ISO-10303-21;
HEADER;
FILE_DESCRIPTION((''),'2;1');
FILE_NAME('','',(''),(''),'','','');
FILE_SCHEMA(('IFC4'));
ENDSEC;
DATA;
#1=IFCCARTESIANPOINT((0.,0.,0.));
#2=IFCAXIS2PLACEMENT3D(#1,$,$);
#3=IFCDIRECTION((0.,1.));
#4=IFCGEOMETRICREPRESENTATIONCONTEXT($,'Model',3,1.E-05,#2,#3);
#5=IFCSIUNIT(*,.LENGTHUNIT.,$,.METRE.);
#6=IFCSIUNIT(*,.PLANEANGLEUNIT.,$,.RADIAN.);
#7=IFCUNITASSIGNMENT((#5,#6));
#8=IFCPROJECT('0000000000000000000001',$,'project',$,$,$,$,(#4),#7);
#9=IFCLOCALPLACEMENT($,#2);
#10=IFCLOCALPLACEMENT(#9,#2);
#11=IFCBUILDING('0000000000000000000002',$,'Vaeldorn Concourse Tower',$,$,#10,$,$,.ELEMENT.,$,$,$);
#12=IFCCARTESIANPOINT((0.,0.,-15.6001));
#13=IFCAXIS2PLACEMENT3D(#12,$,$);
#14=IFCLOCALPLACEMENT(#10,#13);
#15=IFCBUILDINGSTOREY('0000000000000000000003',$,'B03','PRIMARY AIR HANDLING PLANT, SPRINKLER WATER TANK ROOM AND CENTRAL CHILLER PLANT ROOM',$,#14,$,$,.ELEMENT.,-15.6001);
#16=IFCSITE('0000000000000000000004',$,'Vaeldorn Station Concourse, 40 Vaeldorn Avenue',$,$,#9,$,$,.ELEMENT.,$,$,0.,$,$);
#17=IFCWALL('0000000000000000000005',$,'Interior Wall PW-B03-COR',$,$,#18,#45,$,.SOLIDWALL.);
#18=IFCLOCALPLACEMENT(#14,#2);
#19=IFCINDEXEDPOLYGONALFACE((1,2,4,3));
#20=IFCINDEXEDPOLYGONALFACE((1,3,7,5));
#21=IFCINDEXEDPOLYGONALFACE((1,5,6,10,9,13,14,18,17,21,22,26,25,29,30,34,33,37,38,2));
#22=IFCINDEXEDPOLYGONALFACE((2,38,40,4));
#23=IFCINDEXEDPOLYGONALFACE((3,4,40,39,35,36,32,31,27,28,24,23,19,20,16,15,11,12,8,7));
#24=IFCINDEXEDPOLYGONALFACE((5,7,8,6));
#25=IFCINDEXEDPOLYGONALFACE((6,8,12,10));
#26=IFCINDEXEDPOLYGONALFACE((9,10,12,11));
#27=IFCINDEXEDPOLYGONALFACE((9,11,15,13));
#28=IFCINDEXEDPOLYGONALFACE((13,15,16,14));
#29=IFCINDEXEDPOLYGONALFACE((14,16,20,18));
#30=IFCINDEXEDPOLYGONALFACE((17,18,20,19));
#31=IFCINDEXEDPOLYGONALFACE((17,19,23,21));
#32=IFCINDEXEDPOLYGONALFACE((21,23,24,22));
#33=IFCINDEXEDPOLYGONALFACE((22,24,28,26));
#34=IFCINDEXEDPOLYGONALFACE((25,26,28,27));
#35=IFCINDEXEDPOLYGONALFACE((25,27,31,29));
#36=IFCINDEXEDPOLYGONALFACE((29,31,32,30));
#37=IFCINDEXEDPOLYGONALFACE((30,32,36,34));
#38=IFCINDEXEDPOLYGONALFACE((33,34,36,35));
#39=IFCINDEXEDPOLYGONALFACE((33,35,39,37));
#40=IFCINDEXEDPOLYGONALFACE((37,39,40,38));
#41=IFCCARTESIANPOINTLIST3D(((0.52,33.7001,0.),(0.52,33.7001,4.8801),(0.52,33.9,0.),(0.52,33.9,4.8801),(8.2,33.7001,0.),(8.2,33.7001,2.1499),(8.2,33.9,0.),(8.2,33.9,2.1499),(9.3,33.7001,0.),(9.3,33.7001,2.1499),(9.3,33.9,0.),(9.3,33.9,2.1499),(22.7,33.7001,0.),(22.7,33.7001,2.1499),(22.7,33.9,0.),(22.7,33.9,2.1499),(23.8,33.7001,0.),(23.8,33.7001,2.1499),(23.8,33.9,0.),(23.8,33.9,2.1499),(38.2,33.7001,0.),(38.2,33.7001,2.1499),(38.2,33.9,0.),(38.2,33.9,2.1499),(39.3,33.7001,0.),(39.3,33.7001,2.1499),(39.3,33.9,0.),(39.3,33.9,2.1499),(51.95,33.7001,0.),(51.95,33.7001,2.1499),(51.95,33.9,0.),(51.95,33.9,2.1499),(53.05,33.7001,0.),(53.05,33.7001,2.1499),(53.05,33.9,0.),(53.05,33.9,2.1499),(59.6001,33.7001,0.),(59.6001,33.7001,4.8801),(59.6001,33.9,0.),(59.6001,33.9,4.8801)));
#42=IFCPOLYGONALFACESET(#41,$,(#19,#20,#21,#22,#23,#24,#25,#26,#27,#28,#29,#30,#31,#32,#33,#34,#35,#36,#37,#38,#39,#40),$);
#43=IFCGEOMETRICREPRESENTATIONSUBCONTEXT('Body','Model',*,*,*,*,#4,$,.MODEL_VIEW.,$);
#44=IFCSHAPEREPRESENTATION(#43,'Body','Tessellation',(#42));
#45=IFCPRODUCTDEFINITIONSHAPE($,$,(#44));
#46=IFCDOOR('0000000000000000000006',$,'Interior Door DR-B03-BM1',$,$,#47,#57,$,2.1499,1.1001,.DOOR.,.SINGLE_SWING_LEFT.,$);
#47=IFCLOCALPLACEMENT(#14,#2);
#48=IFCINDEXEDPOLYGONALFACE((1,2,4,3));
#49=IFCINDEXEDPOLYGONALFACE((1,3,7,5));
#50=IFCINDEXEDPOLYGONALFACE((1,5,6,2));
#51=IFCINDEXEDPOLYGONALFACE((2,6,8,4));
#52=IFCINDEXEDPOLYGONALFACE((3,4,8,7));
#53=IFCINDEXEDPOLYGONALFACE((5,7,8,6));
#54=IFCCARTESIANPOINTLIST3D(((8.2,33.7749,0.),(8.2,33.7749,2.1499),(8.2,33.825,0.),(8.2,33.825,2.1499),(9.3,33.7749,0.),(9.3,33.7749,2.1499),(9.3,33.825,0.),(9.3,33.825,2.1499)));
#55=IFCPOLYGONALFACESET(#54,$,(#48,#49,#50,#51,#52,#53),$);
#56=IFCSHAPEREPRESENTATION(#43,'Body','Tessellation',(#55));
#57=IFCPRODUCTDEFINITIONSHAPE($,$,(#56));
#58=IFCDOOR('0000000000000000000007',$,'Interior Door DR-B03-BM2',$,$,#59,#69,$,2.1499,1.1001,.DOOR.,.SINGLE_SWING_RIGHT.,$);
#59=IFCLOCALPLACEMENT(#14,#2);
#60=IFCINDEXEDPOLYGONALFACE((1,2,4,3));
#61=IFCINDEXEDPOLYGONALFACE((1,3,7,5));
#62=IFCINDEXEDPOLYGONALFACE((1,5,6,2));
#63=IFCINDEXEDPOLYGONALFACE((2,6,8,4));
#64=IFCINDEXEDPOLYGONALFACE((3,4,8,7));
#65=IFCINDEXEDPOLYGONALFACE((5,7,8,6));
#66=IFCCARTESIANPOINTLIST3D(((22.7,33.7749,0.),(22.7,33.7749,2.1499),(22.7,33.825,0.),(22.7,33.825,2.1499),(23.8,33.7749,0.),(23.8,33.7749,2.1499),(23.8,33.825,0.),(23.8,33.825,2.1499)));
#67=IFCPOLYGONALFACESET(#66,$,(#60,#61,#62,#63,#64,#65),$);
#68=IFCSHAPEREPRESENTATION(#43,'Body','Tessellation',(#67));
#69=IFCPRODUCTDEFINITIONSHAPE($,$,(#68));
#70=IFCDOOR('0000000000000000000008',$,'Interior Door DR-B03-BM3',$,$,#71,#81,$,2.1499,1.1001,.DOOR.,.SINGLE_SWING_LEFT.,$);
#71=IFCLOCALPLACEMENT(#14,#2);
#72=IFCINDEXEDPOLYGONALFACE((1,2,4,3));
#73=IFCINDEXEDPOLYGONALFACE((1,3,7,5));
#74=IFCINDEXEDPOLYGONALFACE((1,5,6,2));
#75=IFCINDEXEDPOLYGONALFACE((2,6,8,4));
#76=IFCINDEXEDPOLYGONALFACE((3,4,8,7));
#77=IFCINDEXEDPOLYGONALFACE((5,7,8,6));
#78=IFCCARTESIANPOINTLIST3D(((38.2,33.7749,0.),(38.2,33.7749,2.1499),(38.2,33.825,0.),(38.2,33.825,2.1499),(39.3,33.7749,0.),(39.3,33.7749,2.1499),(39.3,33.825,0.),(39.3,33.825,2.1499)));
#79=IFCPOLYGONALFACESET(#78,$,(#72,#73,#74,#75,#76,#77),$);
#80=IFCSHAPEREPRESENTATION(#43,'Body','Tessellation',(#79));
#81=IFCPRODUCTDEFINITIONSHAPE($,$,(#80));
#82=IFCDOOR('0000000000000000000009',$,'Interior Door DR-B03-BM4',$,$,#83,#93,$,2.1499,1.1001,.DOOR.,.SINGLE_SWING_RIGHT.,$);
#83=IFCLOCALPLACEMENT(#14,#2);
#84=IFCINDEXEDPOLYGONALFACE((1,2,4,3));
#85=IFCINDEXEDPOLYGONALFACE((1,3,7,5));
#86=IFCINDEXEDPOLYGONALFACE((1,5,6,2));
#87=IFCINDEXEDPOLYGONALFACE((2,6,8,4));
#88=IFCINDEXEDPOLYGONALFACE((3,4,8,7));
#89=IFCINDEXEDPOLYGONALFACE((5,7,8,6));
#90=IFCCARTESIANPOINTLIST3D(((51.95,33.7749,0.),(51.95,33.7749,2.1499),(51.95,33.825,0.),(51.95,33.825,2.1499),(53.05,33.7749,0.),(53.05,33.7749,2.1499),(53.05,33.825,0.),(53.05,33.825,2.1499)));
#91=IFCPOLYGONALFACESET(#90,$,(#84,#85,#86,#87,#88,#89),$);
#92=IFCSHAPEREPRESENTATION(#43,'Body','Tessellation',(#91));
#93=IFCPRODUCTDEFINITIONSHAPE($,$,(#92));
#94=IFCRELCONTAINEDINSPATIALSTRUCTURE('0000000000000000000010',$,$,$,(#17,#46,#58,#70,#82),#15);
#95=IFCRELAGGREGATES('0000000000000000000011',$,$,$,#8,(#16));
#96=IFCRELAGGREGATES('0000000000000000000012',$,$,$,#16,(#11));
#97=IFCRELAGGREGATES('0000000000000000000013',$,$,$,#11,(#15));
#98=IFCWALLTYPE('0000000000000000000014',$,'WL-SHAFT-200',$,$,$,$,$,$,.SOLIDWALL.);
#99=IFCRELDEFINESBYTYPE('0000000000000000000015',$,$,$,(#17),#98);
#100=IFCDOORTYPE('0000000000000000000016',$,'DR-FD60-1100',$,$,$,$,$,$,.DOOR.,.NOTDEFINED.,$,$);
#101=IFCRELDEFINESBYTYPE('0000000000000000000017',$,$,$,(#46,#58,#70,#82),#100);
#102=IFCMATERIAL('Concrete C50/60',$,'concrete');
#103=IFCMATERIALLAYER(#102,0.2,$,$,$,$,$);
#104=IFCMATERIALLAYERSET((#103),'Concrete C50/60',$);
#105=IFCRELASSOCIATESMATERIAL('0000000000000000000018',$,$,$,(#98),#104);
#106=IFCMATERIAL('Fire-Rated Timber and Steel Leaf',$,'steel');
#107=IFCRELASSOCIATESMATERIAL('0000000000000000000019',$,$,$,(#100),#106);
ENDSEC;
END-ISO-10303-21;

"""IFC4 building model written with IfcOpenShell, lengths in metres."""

from ifc_helpers import new_model, si_unit, direction, frame, frame_2d, origin, place, context, subcontext, project, spatial, rectangle, extrude, source, transform, mapped, material, layer, layer_set, type_object, element, fill, save


model = new_model("IFC4")

# Units and contexts
model_context = context("Model", 3, precision=1e-05, world=origin(), true_north=direction((0.0, 1.0)))
body_context = subcontext(model_context, "Body", "Model", "MODEL_VIEW")
ifc_project = project(units=[si_unit("LENGTHUNIT", "METRE"), si_unit("PLANEANGLEUNIT", "RADIAN")], contexts=[model_context])

# Site, building, storey
site_placement = place(None, origin())
site = spatial("IfcSite", under=ifc_project, at=site_placement, Name="Vaeldorn Station Concourse, 40 Vaeldorn Avenue", CompositionType="ELEMENT", RefElevation=0.0)
building_placement = place(site_placement, origin())
building = spatial("IfcBuilding", under=site, at=building_placement, Name="Vaeldorn Concourse Tower", CompositionType="ELEMENT")
storey_placement = place(building_placement, frame((0.0, 0.0, -15.6001)))
storey = spatial("IfcBuildingStorey", under=building, at=storey_placement, Name="B03", Description="PRIMARY AIR HANDLING PLANT, SPRINKLER WATER TANK ROOM AND CENTRAL CHILLER PLANT ROOM", CompositionType="ELEMENT", Elevation=-15.6001)

# Shared definitions
ifc_material_1 = material(Name="Concrete C50/60", Category="concrete")

# Wall, openings, doors
ifc_layer_1 = layer(ifc_material_1, 0.2)
ifc_layer_set_1 = layer_set([ifc_layer_1], Name="Concrete C50/60")
wall_type = type_object("IfcWallType", Name="WL-SHAFT-200", PredefinedType="SOLIDWALL", material=ifc_layer_set_1)
wall_placement = place(storey_placement, frame((0.52, 33.8, 0.0), z_axis=(0.0, 0.0, 1.0), x_axis=(1.0, 0.0, 0.0)))
wall = element("IfcWall", 1, at=wall_placement, inside=storey, type_object=wall_type, Name="Interior Wall PW-B03-COR", PredefinedType="SOLIDWALL", context=body_context, shape_type="SweptSolid", body=[
    extrude(rectangle(XDim=59.0801, YDim=0.2, at=frame_2d((29.54, 0.0))), origin(), (0.0, 0.0, 1.0), 4.8801),
])
opening_1_placement = place(wall_placement, frame((7.6799, 0.0, 0.0)))
opening_1 = element("IfcOpeningElement", 2, at=opening_1_placement, cuts=wall, PredefinedType="OPENING", context=body_context, shape_type="SweptSolid", body=[
    extrude(rectangle(XDim=1.1001, YDim=2.1499, at=frame_2d((0.55, 1.075))), frame((0.0, 0.1099, 0.0), z_axis=(0.0, -1.0, 0.0), x_axis=(1.0, 0.0, 0.0)), (0.0, 0.0, 1.0), 0.22),
])
opening_2_placement = place(wall_placement, frame((22.1799, 0.0, 0.0)))
opening_2 = element("IfcOpeningElement", 3, at=opening_2_placement, cuts=wall, PredefinedType="OPENING", context=body_context, shape_type="SweptSolid", body=[
    extrude(rectangle(XDim=1.1001, YDim=2.1499, at=frame_2d((0.55, 1.075))), frame((0.0, 0.1099, 0.0), z_axis=(0.0, -1.0, 0.0), x_axis=(1.0, 0.0, 0.0)), (0.0, 0.0, 1.0), 0.22),
])
opening_3_placement = place(wall_placement, frame((37.6799, 0.0, 0.0)))
opening_3 = element("IfcOpeningElement", 4, at=opening_3_placement, cuts=wall, PredefinedType="OPENING", context=body_context, shape_type="SweptSolid", body=[
    extrude(rectangle(XDim=1.1001, YDim=2.1499, at=frame_2d((0.55, 1.075))), frame((0.0, 0.1099, 0.0), z_axis=(0.0, -1.0, 0.0), x_axis=(1.0, 0.0, 0.0)), (0.0, 0.0, 1.0), 0.22),
])
opening_4_placement = place(wall_placement, frame((51.4299, 0.0, 0.0)))
opening_4 = element("IfcOpeningElement", 5, at=opening_4_placement, cuts=wall, PredefinedType="OPENING", context=body_context, shape_type="SweptSolid", body=[
    extrude(rectangle(XDim=1.1001, YDim=2.1499, at=frame_2d((0.55, 1.075))), frame((0.0, 0.1099, 0.0), z_axis=(0.0, -1.0, 0.0), x_axis=(1.0, 0.0, 0.0)), (0.0, 0.0, 1.0), 0.22),
])
ifc_material_2 = material(Name="Fire-Rated Timber and Steel Leaf", Category="steel")
door_type = type_object("IfcDoorType", Name="DR-FD60-1100", OperationType="NOTDEFINED", PredefinedType="DOOR", material=ifc_material_2)
shared_shape_1 = source(origin(), body_context, "Body", "SweptSolid", [
    extrude(rectangle(XDim=1.1001, YDim=2.1499, at=frame_2d((0.55, 1.075))), frame((0.0, 0.0249, 0.0), z_axis=(0.0, -1.0, 0.0), x_axis=(1.0, 0.0, 0.0)), (0.0, 0.0, 1.0), 0.05),
])
door_1_placement = place(opening_1_placement, origin())
door_1 = element("IfcDoor", 6, at=door_1_placement, inside=storey, type_object=door_type, Name="Interior Door DR-B03-BM1", OperationType="SINGLE_SWING_LEFT", OverallHeight=2.1499, OverallWidth=1.1001, PredefinedType="DOOR", context=body_context, shape_type="MappedRepresentation", body=[
    mapped(shared_shape_1, transform((0.0, 0.0, 0.0), scale=1.0)),
])
fill(opening_1, door_1)
door_2_placement = place(opening_2_placement, origin())
door_2 = element("IfcDoor", 7, at=door_2_placement, inside=storey, type_object=door_type, Name="Interior Door DR-B03-BM2", OperationType="SINGLE_SWING_RIGHT", OverallHeight=2.1499, OverallWidth=1.1001, PredefinedType="DOOR", context=body_context, shape_type="MappedRepresentation", body=[
    mapped(shared_shape_1, transform((0.0, 0.0, 0.0), scale=1.0)),
])
fill(opening_2, door_2)
door_3_placement = place(opening_3_placement, origin())
door_3 = element("IfcDoor", 8, at=door_3_placement, inside=storey, type_object=door_type, Name="Interior Door DR-B03-BM3", OperationType="SINGLE_SWING_LEFT", OverallHeight=2.1499, OverallWidth=1.1001, PredefinedType="DOOR", context=body_context, shape_type="MappedRepresentation", body=[
    mapped(shared_shape_1, transform((0.0, 0.0, 0.0), scale=1.0)),
])
fill(opening_3, door_3)
door_4_placement = place(opening_4_placement, origin())
door_4 = element("IfcDoor", 9, at=door_4_placement, inside=storey, type_object=door_type, Name="Interior Door DR-B03-BM4", OperationType="SINGLE_SWING_RIGHT", OverallHeight=2.1499, OverallWidth=1.1001, PredefinedType="DOOR", context=body_context, shape_type="MappedRepresentation", body=[
    mapped(shared_shape_1, transform((0.0, 0.0, 0.0), scale=1.0)),
])
fill(opening_4, door_4)

save(model, "model.ifc")
